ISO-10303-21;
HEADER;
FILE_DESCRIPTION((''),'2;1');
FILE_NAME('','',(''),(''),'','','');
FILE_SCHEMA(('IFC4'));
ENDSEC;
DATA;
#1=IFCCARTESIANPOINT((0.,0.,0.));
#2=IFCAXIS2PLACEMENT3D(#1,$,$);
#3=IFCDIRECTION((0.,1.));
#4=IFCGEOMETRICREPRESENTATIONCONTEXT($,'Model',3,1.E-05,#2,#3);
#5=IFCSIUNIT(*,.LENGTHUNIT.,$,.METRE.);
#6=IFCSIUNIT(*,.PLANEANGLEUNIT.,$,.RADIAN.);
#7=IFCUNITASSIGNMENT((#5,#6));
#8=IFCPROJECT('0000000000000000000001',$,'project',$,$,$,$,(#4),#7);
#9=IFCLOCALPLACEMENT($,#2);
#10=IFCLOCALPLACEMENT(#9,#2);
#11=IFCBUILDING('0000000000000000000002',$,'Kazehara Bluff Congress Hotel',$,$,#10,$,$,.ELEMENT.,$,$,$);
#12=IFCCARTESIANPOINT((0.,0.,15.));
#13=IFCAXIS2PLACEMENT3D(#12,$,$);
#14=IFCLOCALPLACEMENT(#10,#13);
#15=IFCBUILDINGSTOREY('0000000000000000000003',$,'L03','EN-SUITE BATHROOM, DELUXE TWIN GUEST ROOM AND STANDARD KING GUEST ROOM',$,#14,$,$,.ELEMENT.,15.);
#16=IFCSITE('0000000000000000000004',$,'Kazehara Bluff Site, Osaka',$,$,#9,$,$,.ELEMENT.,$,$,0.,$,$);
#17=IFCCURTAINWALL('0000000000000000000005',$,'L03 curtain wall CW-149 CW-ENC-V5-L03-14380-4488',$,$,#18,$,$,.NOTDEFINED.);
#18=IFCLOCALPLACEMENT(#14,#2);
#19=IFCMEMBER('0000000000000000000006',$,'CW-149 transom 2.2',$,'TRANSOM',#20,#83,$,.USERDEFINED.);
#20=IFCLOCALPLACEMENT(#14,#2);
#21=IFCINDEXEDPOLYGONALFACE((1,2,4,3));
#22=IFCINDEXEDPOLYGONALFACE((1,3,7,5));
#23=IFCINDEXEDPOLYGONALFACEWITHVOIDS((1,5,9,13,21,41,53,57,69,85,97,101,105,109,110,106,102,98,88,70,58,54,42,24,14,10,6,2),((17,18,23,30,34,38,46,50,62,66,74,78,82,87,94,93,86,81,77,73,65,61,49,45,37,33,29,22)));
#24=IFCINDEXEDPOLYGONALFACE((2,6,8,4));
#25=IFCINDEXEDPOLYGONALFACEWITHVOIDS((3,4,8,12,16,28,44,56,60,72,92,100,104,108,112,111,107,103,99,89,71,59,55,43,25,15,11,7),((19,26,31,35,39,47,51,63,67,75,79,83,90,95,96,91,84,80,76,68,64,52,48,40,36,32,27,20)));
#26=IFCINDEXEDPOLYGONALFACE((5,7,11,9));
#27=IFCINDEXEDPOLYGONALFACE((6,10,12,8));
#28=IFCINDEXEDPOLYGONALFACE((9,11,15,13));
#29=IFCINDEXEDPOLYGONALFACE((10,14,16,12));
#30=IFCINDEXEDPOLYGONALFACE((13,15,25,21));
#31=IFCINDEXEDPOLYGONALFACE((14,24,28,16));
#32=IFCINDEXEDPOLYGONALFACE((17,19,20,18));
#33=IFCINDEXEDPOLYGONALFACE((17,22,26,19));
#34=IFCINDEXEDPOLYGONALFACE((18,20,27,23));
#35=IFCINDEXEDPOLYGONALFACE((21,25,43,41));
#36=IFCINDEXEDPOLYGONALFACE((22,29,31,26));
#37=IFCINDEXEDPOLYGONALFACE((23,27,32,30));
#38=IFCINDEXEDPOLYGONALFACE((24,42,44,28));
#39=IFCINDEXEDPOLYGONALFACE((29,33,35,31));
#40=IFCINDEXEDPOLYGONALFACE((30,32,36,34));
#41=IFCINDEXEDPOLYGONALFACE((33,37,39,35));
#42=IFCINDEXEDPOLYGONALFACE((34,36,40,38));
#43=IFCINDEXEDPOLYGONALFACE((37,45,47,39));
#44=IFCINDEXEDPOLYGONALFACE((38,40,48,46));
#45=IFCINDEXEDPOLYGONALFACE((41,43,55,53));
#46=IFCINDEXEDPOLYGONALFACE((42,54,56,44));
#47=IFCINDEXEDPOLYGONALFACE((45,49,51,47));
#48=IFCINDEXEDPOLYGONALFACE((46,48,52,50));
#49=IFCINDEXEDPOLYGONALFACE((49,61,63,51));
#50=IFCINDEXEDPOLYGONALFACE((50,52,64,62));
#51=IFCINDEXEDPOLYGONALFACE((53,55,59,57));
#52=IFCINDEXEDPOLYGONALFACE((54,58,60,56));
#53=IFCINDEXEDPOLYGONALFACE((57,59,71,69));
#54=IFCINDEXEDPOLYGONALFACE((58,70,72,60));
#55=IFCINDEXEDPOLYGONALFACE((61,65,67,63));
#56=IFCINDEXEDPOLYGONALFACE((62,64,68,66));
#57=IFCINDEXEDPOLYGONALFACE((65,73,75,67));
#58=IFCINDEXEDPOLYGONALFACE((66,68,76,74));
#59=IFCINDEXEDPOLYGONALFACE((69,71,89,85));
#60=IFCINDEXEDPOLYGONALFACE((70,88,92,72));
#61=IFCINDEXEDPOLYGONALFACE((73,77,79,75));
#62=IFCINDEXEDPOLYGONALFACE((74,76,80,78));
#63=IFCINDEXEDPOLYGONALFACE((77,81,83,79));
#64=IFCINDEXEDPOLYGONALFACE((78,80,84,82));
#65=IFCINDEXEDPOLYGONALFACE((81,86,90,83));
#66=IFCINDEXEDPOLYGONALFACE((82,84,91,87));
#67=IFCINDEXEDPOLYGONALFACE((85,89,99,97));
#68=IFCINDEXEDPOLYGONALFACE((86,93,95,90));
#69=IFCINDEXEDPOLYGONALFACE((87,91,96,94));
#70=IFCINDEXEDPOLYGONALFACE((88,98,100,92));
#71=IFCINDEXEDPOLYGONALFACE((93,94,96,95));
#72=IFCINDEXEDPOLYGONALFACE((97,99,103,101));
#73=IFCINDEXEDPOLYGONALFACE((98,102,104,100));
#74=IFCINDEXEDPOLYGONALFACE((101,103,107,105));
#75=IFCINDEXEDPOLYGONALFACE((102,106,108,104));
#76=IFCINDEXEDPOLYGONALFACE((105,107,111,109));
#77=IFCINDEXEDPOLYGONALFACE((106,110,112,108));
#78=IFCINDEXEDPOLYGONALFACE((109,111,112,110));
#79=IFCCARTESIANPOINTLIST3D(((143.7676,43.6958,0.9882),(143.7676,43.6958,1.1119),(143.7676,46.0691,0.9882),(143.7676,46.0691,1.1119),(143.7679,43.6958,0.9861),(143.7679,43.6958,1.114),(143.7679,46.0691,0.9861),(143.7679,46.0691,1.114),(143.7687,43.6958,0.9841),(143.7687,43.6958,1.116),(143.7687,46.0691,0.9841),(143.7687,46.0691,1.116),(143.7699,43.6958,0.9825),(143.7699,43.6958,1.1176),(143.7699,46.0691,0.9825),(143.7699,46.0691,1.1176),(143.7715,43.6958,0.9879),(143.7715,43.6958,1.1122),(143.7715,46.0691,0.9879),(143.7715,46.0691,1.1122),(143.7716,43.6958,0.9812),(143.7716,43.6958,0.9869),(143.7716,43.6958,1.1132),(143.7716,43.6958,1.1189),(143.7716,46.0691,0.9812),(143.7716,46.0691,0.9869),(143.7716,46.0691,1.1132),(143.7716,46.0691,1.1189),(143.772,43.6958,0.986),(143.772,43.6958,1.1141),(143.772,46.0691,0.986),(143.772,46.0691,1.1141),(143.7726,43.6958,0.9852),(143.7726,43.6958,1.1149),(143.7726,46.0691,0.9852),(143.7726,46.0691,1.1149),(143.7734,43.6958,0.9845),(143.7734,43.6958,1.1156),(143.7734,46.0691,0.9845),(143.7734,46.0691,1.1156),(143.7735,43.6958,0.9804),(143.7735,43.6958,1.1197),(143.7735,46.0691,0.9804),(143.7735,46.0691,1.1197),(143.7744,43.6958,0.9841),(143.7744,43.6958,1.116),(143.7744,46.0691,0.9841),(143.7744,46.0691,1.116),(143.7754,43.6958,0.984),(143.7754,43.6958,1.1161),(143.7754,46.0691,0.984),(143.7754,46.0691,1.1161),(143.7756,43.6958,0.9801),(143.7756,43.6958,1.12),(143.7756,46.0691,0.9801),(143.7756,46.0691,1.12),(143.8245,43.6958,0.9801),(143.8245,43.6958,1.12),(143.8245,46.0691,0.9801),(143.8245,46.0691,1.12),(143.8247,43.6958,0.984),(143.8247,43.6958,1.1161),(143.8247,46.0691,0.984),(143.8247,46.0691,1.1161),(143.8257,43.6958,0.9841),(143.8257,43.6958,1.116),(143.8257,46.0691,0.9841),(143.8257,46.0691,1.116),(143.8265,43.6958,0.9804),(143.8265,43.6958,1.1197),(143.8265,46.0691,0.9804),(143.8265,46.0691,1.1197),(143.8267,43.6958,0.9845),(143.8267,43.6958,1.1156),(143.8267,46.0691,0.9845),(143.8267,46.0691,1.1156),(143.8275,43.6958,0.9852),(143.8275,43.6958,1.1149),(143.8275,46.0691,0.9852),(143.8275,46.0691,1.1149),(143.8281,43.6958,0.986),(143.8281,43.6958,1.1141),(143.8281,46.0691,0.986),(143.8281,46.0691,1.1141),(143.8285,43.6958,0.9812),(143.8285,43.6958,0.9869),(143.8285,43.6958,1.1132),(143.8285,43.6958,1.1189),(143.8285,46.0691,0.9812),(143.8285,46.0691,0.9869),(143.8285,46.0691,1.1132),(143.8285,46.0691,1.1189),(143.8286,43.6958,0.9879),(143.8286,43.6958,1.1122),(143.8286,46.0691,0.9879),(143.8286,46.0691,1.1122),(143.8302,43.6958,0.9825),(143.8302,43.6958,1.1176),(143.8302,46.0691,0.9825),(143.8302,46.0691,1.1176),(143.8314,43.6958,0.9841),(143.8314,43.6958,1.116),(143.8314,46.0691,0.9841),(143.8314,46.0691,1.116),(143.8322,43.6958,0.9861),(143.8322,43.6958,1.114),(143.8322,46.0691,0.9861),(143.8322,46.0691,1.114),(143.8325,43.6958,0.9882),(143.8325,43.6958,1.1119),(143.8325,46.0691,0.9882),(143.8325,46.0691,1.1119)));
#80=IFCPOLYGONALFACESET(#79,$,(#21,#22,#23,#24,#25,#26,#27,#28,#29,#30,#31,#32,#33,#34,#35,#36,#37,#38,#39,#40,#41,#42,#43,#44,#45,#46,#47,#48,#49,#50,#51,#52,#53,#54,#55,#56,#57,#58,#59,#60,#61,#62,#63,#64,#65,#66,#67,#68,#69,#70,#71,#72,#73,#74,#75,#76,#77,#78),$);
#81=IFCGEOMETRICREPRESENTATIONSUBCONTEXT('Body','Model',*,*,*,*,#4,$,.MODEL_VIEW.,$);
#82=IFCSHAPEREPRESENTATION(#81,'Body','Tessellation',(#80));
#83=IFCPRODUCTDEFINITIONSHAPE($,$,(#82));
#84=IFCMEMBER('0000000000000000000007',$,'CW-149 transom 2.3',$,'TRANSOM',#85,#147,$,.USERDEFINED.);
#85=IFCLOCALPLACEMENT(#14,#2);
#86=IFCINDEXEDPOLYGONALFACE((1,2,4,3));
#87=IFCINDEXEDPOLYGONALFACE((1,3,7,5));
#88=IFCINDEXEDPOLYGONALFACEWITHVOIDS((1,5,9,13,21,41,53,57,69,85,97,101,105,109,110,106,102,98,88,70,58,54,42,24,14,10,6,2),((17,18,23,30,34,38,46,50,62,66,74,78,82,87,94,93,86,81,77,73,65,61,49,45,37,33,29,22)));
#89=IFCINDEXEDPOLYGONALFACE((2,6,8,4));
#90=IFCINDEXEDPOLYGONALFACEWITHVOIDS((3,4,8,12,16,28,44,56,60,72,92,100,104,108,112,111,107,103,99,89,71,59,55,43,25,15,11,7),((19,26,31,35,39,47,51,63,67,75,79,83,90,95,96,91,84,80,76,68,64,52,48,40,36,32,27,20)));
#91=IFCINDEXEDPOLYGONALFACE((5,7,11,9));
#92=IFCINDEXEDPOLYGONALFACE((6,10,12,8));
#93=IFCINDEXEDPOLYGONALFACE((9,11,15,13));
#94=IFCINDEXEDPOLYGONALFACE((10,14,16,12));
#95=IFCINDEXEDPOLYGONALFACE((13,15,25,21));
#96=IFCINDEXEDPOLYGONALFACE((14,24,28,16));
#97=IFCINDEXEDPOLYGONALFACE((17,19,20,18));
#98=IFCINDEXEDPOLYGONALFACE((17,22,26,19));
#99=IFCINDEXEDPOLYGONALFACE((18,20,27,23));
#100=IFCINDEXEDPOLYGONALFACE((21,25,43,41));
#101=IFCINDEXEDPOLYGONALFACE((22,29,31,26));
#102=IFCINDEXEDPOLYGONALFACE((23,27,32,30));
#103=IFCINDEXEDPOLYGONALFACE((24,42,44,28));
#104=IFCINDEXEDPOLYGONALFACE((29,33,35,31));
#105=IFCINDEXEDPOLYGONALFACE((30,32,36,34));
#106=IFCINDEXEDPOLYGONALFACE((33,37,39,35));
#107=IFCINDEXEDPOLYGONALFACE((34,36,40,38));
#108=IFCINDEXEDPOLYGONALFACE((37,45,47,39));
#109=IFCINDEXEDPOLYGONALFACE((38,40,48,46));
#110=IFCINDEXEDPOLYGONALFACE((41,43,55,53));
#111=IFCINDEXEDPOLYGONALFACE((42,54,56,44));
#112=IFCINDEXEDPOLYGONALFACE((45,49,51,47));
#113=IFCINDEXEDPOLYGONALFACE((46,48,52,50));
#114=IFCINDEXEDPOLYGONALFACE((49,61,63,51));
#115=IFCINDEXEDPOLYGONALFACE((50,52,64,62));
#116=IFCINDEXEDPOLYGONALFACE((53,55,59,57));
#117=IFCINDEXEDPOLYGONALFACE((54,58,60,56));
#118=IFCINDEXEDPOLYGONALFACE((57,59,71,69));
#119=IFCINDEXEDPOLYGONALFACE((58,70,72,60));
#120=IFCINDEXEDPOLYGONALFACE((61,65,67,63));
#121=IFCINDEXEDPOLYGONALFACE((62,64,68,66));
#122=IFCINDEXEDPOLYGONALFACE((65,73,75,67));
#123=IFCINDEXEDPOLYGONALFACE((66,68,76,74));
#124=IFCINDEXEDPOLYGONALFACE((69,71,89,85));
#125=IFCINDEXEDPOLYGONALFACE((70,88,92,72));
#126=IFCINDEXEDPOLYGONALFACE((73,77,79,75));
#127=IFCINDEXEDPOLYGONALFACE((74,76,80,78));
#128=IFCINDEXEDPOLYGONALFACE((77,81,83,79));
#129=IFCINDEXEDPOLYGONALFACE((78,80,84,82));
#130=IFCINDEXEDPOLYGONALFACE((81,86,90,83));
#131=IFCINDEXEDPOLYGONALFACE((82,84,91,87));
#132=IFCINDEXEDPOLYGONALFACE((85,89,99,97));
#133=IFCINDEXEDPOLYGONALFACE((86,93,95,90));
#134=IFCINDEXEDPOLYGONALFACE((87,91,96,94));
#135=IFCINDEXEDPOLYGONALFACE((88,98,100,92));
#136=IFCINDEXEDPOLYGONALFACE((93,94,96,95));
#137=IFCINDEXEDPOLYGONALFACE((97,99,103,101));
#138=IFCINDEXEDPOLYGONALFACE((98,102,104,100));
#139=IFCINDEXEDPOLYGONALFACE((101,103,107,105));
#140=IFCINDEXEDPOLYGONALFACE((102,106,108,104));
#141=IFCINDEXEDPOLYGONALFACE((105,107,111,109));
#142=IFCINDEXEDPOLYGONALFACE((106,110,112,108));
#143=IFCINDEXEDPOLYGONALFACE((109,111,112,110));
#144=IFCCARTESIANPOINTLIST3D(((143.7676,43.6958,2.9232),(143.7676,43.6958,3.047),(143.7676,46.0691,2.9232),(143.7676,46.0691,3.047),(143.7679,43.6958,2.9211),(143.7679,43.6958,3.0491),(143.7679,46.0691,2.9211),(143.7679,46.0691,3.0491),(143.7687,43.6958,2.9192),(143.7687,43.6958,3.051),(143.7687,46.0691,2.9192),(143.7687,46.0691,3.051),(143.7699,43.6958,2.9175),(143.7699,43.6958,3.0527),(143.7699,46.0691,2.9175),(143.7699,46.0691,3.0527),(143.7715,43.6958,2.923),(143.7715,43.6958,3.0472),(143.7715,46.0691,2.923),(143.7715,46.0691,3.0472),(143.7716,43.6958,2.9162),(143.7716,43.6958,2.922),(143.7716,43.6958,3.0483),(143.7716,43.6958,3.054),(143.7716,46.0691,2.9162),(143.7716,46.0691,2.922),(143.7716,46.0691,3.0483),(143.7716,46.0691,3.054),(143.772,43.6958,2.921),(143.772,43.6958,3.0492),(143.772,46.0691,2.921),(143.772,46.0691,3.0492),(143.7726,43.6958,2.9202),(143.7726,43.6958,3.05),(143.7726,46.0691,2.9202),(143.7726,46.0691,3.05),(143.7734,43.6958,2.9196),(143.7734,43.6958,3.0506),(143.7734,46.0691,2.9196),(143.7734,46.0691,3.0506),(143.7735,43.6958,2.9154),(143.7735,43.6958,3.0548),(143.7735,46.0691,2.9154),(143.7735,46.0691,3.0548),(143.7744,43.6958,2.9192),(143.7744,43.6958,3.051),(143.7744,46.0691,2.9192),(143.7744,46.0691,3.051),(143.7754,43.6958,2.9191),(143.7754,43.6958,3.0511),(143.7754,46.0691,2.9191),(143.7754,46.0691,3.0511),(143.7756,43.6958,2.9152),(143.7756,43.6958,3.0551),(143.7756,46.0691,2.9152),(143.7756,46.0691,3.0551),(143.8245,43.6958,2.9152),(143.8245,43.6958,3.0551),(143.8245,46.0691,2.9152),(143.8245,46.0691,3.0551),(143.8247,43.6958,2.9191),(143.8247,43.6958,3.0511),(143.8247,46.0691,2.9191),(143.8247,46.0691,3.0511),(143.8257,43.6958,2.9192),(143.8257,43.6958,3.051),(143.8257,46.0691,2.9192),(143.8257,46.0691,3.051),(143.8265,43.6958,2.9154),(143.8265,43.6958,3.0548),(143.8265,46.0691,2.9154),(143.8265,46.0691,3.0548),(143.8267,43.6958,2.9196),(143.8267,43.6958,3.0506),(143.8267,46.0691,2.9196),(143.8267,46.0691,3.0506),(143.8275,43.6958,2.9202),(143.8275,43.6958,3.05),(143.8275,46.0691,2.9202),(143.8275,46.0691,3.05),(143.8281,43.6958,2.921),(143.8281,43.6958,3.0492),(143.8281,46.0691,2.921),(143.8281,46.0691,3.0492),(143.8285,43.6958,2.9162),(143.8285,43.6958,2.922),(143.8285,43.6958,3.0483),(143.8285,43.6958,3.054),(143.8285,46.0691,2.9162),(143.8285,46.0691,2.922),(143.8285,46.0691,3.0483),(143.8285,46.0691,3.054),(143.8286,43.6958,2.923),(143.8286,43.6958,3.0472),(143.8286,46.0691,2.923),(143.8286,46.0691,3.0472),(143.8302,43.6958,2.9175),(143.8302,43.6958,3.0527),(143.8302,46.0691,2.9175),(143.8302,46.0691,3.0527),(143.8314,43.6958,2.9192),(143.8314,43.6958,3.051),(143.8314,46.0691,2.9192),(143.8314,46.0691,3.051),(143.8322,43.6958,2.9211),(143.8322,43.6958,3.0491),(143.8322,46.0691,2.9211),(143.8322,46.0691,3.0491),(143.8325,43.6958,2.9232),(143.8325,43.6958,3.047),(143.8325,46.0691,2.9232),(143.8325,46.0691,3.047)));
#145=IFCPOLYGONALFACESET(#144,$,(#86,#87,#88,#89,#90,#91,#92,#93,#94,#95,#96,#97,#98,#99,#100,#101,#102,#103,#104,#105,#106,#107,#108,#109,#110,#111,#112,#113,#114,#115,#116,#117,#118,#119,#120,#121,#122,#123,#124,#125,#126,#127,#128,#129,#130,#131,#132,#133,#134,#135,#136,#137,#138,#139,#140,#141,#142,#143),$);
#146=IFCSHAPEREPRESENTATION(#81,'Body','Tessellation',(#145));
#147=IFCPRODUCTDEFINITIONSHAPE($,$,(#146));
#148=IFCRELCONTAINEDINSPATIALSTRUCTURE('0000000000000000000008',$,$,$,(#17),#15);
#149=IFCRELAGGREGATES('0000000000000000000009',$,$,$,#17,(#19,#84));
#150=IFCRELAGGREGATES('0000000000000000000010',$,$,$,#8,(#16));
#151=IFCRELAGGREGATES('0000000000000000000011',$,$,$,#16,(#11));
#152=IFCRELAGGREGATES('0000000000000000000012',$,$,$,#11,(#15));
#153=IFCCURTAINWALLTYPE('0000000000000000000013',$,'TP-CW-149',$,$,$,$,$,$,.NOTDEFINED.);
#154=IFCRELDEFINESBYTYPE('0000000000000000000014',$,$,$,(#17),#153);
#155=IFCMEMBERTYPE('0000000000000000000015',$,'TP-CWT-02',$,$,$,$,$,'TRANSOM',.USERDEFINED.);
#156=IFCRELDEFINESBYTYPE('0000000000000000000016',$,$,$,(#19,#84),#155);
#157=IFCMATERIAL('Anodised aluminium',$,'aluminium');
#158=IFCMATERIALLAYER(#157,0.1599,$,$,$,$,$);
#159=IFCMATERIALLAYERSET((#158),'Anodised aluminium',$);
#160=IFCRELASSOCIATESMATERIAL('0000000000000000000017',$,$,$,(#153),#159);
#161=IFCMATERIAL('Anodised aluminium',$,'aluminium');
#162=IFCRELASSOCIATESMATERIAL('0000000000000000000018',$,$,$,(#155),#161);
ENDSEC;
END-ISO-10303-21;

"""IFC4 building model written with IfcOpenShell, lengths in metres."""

from ifc_helpers import new_model, si_unit, direction, frame, origin, origin_2d, place, context, subcontext, project, spatial, hollow_rectangle, extrude, material, layer, layer_set, material_profile, profile_set, type_object, element, aggregate, save


model = new_model("IFC4")

# Units and contexts
model_context = context("Model", 3, precision=1e-05, world=origin(), true_north=direction((0.0, 1.0)))
body_context = subcontext(model_context, "Body", "Model", "MODEL_VIEW")
ifc_project = project(units=[si_unit("LENGTHUNIT", "METRE"), si_unit("PLANEANGLEUNIT", "RADIAN")], contexts=[model_context])

# Site, building, storey
site_placement = place(None, origin())
site = spatial("IfcSite", under=ifc_project, at=site_placement, Name="Kazehara Bluff Site, Osaka", CompositionType="ELEMENT", RefElevation=0.0)
building_placement = place(site_placement, origin())
building = spatial("IfcBuilding", under=site, at=building_placement, Name="Kazehara Bluff Congress Hotel", CompositionType="ELEMENT")
storey_placement = place(building_placement, frame((0.0, 0.0, 15.0)))
storey = spatial("IfcBuildingStorey", under=building, at=storey_placement, Name="L03", Description="EN-SUITE BATHROOM, DELUXE TWIN GUEST ROOM AND STANDARD KING GUEST ROOM", CompositionType="ELEMENT", Elevation=15.0)

# Curtain wall
ifc_material_1 = material(Name="Anodised aluminium", Category="aluminium")
ifc_layer_1 = layer(ifc_material_1, 0.1599)
ifc_layer_set_1 = layer_set([ifc_layer_1], Name="Anodised aluminium")
curtain_wall_type_1 = type_object("IfcCurtainWallType", Name="TP-CW-149", PredefinedType="NOTDEFINED", material=ifc_layer_set_1)
curtain_wall_1_placement = place(storey_placement, origin())
curtain_wall_1 = element("IfcCurtainWall", 1, at=curtain_wall_1_placement, inside=storey, type_object=curtain_wall_type_1, Name="L03 curtain wall CW-149 CW-ENC-V5-L03-14380-4488", PredefinedType="NOTDEFINED")

# Members
ifc_material_2 = material(Name="Anodised aluminium", Category="aluminium")
ifc_material_profile_1 = material_profile(ifc_material_2, hollow_rectangle(XDim=0.0649, YDim=0.1399, WallThickness=0.0039, InnerFilletRadius=0.0039, OuterFilletRadius=0.0081, at=origin_2d()))
ifc_profile_set_1 = profile_set([ifc_material_profile_1], Name="Anodised aluminium")
member_type_1 = type_object("IfcMemberType", Name="TP-CWT-02", ElementType="TRANSOM", PredefinedType="USERDEFINED", material=ifc_profile_set_1)
member_1_placement = place(storey_placement, frame((143.8, 43.6958, 1.05), z_axis=(0.0, 1.0, 0.0), x_axis=(-1.0, 0.0, 0.0)))
member_1 = element("IfcMember", 2, at=member_1_placement, type_object=member_type_1, Name="CW-149 transom 2.2", ObjectType="TRANSOM", PredefinedType="USERDEFINED", context=body_context, shape_type="SweptSolid", body=[
    extrude(hollow_rectangle(XDim=0.0649, YDim=0.1399, WallThickness=0.0039, InnerFilletRadius=0.0039, OuterFilletRadius=0.0081, at=origin_2d()), origin(), (0.0, 0.0, 1.0), 2.3733),
])
member_2_placement = place(storey_placement, frame((143.8, 43.6958, 2.9851), z_axis=(0.0, 1.0, 0.0), x_axis=(-1.0, 0.0, 0.0)))
member_2 = element("IfcMember", 3, at=member_2_placement, type_object=member_type_1, Name="CW-149 transom 2.3", ObjectType="TRANSOM", PredefinedType="USERDEFINED", context=body_context, shape_type="SweptSolid", body=[
    extrude(hollow_rectangle(XDim=0.0649, YDim=0.1399, WallThickness=0.0039, InnerFilletRadius=0.0039, OuterFilletRadius=0.0081, at=origin_2d()), origin(), (0.0, 0.0, 1.0), 2.3733),
])

aggregate(curtain_wall_1, [member_1, member_2])

save(model, "model.ifc")
